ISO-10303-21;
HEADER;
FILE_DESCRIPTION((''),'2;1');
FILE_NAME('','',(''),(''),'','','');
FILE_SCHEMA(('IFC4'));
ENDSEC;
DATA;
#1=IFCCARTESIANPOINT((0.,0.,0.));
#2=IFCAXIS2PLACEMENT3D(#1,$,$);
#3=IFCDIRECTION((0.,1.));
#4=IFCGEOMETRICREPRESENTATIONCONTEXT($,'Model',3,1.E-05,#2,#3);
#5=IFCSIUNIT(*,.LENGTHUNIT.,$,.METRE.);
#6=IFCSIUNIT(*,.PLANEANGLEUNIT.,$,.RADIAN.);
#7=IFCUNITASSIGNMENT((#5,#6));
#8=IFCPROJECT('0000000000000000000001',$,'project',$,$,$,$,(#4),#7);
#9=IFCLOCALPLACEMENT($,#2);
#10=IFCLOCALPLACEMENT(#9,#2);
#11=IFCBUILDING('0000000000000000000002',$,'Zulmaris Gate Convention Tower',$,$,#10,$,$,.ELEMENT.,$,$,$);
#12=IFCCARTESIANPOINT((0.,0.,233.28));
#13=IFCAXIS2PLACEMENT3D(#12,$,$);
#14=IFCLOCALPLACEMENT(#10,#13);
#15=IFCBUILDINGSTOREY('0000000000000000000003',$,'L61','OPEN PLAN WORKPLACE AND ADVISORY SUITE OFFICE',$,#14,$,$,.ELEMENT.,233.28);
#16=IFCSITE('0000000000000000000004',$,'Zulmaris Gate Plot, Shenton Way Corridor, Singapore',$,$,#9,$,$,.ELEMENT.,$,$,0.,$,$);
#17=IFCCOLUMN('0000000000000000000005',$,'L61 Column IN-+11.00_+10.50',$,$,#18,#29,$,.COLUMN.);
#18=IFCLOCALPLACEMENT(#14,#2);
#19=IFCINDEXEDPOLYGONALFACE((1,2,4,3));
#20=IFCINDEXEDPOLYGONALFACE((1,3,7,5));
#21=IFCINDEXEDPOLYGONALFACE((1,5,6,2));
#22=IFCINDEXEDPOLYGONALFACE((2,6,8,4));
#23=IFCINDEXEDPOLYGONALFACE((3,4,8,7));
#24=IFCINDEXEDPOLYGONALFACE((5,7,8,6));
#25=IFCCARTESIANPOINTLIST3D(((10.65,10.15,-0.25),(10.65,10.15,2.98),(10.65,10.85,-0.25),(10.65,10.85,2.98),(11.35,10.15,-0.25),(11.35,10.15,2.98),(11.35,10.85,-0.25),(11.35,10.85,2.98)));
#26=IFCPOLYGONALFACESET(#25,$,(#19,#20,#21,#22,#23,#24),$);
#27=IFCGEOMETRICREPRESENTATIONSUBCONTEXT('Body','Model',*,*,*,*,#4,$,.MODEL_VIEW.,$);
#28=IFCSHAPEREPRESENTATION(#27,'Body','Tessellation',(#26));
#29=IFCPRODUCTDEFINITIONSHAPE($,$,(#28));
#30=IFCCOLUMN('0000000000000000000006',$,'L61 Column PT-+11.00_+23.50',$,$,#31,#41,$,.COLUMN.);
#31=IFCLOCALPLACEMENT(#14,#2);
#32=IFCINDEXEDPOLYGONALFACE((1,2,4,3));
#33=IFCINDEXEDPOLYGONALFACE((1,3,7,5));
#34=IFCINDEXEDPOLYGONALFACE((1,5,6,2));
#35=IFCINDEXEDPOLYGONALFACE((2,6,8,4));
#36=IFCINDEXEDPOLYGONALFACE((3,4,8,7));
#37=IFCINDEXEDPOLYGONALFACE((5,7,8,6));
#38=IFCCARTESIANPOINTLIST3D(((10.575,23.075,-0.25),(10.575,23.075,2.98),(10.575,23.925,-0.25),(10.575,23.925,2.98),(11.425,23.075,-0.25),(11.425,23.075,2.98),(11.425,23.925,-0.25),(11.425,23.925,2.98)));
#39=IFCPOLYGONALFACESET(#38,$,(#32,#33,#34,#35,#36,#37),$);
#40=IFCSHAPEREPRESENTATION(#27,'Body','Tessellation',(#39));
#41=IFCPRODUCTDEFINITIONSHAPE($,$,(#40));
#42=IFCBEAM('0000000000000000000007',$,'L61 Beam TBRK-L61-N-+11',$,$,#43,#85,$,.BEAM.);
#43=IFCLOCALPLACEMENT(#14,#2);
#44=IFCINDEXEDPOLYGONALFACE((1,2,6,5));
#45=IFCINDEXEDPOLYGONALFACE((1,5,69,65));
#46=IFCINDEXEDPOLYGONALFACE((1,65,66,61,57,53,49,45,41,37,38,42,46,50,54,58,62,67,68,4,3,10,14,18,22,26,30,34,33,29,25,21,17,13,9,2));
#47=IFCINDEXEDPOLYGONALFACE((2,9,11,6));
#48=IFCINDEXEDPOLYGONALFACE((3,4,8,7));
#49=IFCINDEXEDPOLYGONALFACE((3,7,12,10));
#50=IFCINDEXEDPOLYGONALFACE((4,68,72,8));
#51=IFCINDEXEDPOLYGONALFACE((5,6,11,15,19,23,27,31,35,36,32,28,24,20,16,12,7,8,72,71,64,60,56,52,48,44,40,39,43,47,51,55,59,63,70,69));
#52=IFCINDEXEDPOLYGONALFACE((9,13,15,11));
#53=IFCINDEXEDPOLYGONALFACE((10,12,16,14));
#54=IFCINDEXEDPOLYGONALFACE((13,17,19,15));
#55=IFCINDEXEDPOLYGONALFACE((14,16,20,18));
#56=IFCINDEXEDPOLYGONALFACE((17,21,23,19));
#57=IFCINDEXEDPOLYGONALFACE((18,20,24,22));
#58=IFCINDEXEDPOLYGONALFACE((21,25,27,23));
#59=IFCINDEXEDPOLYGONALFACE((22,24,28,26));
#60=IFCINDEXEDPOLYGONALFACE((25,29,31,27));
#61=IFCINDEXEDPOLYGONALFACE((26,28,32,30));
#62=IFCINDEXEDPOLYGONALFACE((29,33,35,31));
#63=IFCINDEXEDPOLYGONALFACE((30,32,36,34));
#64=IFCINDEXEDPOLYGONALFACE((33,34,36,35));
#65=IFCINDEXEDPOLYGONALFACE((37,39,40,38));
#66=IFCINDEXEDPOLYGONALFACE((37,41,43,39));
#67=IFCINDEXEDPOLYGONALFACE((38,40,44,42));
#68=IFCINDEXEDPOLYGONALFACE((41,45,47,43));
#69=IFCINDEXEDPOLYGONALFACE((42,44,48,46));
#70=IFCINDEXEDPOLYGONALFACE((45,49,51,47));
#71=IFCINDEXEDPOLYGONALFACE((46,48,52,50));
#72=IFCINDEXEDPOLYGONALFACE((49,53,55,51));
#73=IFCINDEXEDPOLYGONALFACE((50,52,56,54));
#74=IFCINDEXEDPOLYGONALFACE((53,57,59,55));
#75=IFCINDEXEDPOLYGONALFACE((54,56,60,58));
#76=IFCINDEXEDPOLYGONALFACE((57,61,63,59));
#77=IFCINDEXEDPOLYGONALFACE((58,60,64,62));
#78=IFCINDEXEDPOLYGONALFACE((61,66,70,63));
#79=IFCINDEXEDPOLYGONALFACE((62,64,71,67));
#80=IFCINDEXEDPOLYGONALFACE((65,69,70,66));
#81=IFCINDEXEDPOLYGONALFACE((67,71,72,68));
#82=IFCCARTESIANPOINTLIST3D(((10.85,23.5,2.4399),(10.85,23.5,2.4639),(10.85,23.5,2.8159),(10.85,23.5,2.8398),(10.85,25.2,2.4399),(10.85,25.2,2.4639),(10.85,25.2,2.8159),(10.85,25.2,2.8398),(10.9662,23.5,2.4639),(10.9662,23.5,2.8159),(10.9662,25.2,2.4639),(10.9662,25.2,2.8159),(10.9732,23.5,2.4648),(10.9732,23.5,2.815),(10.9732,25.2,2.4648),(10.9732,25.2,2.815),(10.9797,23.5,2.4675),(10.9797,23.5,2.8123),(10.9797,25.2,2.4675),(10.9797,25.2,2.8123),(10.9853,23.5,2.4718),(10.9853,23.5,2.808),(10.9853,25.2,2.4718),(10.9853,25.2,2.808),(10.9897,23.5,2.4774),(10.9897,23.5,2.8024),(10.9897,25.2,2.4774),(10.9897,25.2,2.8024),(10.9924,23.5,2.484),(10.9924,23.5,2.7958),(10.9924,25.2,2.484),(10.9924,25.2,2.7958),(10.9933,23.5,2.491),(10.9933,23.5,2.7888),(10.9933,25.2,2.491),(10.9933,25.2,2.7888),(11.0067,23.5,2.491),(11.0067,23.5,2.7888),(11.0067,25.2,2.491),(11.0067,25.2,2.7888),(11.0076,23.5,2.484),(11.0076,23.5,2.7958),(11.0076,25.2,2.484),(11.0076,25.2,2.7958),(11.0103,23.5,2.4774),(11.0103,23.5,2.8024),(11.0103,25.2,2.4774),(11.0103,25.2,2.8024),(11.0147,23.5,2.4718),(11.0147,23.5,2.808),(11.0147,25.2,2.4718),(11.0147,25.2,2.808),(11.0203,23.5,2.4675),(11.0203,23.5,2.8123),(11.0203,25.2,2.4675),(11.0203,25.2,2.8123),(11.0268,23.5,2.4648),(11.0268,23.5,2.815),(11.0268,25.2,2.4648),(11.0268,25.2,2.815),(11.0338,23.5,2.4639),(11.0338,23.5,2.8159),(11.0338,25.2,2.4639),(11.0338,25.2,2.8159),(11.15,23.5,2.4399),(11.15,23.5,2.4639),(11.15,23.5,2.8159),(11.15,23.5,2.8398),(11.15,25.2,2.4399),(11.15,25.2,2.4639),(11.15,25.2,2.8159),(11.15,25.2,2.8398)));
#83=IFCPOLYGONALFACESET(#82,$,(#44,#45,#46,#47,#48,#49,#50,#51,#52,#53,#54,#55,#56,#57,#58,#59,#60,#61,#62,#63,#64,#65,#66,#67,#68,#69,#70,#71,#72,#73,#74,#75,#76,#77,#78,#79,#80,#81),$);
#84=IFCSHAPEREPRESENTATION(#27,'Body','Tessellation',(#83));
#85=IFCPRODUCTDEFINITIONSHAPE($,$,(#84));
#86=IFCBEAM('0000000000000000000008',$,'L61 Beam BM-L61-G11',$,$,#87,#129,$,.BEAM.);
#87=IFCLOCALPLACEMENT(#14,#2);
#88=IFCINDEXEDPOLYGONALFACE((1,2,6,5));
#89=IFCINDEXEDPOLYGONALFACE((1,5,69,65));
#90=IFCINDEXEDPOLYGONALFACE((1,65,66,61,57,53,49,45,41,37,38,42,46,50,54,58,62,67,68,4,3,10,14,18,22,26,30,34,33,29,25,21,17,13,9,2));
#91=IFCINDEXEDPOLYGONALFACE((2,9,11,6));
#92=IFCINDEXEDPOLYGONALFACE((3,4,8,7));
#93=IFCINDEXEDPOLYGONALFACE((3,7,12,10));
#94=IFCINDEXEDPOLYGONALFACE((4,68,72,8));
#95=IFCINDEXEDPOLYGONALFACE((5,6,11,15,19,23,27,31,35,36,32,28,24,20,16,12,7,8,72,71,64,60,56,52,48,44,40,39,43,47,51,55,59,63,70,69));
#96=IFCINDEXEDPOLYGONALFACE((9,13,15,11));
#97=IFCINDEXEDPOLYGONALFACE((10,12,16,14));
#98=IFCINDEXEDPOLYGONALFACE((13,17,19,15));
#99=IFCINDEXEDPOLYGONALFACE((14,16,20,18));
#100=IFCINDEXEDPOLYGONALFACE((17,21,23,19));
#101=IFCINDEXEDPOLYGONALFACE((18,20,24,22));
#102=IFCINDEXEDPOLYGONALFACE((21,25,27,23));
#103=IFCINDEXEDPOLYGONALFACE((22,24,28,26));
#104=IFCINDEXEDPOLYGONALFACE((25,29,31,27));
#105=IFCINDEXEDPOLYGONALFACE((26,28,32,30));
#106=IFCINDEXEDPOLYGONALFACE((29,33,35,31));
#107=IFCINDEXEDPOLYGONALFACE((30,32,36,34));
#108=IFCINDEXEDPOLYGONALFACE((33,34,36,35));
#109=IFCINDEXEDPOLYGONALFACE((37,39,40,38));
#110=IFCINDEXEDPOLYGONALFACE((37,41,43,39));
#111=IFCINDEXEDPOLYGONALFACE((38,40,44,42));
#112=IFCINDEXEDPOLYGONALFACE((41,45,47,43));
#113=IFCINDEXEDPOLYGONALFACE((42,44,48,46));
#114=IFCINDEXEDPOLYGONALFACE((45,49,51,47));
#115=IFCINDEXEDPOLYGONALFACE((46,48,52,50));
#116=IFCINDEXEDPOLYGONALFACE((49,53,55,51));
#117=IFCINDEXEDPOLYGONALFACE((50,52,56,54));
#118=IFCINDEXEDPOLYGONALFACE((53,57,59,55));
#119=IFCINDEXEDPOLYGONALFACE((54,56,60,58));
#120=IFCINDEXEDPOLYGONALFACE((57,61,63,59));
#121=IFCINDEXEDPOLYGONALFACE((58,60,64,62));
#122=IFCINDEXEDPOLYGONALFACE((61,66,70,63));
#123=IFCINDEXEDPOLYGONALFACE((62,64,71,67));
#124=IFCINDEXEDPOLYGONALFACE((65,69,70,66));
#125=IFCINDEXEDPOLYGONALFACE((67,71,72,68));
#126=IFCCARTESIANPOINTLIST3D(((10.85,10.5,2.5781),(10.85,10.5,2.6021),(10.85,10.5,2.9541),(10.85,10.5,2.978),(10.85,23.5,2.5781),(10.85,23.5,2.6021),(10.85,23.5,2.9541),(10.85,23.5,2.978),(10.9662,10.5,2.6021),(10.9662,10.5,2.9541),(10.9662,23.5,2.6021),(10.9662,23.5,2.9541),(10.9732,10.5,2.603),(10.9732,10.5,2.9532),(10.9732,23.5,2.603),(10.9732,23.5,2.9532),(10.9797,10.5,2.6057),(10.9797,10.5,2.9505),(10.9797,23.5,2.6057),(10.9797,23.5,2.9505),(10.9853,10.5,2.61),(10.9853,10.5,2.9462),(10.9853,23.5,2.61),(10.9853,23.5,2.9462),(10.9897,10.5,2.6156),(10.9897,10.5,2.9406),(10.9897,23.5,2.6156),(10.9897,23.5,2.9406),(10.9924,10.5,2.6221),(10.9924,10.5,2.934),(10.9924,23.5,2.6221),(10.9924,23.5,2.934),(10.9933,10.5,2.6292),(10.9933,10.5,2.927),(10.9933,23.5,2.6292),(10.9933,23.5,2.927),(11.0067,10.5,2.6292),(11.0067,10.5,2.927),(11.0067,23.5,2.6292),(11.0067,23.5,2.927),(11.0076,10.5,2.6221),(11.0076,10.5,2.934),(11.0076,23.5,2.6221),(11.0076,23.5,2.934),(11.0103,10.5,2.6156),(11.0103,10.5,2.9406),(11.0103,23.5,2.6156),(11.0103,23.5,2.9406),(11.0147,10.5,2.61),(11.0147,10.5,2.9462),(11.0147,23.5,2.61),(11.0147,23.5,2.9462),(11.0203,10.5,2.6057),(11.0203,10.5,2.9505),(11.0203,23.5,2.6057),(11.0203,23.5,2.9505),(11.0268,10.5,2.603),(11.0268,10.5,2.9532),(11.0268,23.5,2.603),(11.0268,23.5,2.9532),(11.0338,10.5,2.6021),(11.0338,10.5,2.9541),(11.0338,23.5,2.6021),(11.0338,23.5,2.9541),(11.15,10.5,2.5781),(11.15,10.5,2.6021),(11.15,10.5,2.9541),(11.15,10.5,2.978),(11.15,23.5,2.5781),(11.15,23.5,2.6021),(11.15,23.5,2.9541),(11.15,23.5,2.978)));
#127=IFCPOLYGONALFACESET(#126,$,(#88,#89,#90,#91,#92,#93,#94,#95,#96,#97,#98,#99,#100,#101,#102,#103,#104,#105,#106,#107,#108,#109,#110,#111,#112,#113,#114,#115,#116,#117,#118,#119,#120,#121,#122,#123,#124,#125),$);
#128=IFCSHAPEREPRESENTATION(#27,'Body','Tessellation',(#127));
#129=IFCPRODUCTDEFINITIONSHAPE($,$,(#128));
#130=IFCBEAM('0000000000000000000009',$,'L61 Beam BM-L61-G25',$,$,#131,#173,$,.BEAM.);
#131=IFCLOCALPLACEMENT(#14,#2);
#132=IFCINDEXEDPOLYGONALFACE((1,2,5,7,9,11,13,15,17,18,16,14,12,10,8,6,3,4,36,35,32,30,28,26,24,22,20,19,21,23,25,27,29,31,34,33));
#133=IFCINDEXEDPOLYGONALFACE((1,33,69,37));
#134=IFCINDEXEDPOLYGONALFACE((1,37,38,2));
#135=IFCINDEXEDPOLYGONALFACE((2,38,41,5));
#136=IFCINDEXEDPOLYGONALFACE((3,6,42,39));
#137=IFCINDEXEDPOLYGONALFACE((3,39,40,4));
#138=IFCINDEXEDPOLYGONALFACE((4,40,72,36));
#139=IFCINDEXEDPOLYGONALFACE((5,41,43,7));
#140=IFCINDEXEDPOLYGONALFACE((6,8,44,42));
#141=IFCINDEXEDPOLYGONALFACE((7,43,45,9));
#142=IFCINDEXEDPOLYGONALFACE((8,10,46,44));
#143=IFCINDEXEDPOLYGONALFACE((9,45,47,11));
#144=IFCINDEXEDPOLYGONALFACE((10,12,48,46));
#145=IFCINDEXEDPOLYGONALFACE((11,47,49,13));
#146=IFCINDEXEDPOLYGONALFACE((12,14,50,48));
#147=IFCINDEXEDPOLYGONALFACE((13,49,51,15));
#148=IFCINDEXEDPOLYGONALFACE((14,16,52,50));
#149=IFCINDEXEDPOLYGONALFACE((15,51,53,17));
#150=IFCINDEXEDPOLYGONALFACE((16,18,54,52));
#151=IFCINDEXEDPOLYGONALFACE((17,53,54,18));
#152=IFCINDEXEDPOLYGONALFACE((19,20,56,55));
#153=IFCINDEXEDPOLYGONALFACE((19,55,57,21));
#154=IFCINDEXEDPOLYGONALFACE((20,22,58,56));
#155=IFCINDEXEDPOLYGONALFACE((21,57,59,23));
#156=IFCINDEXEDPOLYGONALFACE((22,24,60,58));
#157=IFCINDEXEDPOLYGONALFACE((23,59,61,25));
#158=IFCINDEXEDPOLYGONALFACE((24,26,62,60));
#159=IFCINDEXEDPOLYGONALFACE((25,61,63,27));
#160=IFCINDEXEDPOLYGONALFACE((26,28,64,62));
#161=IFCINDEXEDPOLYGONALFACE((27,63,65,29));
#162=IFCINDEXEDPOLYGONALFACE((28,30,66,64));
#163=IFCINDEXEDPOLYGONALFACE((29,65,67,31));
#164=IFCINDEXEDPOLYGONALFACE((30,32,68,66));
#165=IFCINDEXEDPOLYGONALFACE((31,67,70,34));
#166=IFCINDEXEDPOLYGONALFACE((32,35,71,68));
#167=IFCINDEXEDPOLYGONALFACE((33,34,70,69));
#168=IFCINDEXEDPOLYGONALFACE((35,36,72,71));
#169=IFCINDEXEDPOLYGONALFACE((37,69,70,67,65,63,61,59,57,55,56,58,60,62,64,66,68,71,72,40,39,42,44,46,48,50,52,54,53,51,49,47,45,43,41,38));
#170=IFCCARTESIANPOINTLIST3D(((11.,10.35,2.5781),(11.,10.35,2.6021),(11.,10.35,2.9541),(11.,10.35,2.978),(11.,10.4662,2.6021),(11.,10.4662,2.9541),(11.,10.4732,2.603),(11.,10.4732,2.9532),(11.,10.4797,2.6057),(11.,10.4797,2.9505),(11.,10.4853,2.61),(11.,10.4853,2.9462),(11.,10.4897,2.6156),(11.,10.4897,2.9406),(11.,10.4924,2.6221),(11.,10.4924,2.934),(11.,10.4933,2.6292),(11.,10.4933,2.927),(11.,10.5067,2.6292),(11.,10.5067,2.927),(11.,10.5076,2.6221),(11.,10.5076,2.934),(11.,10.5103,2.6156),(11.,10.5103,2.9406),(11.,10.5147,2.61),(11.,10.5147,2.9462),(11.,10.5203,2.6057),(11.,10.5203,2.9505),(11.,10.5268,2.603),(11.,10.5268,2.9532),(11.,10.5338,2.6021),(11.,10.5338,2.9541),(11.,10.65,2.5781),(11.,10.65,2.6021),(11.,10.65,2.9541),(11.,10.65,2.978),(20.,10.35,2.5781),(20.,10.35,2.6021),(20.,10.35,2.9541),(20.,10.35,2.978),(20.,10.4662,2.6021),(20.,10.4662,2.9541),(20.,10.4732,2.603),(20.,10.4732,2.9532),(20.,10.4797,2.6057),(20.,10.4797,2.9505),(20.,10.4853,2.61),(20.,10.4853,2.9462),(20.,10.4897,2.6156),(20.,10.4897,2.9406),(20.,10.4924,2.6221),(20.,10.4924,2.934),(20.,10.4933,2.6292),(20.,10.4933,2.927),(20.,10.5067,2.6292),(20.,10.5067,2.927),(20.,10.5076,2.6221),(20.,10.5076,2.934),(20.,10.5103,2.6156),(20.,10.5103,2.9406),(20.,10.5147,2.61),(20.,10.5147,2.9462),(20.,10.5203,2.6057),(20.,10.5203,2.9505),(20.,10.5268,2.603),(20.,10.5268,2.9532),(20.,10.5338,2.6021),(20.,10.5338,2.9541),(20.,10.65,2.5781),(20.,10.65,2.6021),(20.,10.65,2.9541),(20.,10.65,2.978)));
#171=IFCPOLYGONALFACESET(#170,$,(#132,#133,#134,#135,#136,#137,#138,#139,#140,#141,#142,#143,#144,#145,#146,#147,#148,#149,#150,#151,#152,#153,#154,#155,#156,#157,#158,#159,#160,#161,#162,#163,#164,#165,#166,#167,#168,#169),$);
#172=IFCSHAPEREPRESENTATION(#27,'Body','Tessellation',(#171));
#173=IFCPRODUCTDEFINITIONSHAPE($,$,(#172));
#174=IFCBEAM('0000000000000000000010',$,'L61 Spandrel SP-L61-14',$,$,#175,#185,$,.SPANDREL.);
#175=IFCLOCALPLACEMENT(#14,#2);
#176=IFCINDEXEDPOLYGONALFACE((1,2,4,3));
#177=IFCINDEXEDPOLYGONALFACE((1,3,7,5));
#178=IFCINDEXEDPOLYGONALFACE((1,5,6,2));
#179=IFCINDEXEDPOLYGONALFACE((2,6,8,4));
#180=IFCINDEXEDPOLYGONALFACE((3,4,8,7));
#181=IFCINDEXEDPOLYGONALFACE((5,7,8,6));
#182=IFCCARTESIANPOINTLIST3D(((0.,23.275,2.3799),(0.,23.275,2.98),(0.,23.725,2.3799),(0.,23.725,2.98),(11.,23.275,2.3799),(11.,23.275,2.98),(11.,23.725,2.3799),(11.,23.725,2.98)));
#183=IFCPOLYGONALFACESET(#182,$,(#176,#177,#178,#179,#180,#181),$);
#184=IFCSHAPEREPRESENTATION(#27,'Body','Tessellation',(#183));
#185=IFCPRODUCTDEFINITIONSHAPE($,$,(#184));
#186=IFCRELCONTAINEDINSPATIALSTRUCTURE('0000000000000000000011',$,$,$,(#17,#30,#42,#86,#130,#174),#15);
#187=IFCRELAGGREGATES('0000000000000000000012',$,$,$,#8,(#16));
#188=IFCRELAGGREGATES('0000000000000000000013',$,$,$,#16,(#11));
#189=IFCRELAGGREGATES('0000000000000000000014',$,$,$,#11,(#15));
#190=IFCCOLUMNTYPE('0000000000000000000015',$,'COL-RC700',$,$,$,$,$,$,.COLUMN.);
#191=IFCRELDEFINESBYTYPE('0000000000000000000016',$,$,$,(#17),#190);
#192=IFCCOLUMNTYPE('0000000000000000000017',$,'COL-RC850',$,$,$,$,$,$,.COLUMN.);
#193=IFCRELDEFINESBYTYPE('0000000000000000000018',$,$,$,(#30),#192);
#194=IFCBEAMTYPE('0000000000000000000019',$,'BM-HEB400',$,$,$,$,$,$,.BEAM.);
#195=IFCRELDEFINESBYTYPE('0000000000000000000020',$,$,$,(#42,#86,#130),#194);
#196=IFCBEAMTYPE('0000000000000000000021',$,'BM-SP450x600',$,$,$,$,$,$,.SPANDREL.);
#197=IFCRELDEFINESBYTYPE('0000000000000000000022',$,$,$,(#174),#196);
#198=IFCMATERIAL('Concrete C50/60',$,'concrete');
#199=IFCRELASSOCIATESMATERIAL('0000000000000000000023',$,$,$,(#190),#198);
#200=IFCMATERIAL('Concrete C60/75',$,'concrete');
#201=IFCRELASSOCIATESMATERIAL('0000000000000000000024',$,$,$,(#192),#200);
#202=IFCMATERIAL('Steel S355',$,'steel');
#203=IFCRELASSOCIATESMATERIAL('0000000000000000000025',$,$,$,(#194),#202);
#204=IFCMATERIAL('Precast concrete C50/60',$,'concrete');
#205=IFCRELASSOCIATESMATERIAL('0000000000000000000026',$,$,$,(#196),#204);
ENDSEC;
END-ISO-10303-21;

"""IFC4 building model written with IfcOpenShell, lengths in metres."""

from ifc_helpers import new_model, si_unit, direction, frame, origin, origin_2d, place, context, subcontext, project, spatial, rectangle, i_section, extrude, material, material_profile, profile_set, type_object, element, save


model = new_model("IFC4")

# Units and contexts
model_context = context("Model", 3, precision=1e-05, world=origin(), true_north=direction((0.0, 1.0)))
body_context = subcontext(model_context, "Body", "Model", "MODEL_VIEW")
ifc_project = project(units=[si_unit("LENGTHUNIT", "METRE"), si_unit("PLANEANGLEUNIT", "RADIAN")], contexts=[model_context])

# Site, building, storey
site_placement = place(None, origin())
site = spatial("IfcSite", under=ifc_project, at=site_placement, Name="Zulmaris Gate Plot, Shenton Way Corridor, Singapore", CompositionType="ELEMENT", RefElevation=0.0)
building_placement = place(site_placement, origin())
building = spatial("IfcBuilding", under=site, at=building_placement, Name="Zulmaris Gate Convention Tower", CompositionType="ELEMENT")
storey_placement = place(building_placement, frame((0.0, 0.0, 233.28)))
storey = spatial("IfcBuildingStorey", under=building, at=storey_placement, Name="L61", Description="OPEN PLAN WORKPLACE AND ADVISORY SUITE OFFICE", CompositionType="ELEMENT", Elevation=233.28)

# Columns
ifc_material_1 = material(Name="Concrete C50/60", Category="concrete")
ifc_material_profile_1 = material_profile(ifc_material_1, rectangle(XDim=0.7, YDim=0.7, at=origin_2d()), Name="RC COL 700x700")
ifc_profile_set_1 = profile_set([ifc_material_profile_1], Name="Concrete C50/60")
column_type_1 = type_object("IfcColumnType", Name="COL-RC700", PredefinedType="COLUMN", material=ifc_profile_set_1)
column_1_placement = place(storey_placement, frame((11.0, 10.5, -0.25), z_axis=(0.0, 0.0, 1.0), x_axis=(1.0, 0.0, 0.0)))
element("IfcColumn", 1, at=column_1_placement, inside=storey, type_object=column_type_1, Name="L61 Column IN-+11.00_+10.50", PredefinedType="COLUMN", context=body_context, shape_type="SweptSolid", body=[
    extrude(rectangle(XDim=0.7, YDim=0.7, at=origin_2d()), origin(), (0.0, 0.0, 1.0), 3.23),
])
ifc_material_2 = material(Name="Concrete C60/75", Category="concrete")
ifc_material_profile_2 = material_profile(ifc_material_2, rectangle(XDim=0.8501, YDim=0.8501, at=origin_2d()), Name="RC COL 850x850")
ifc_profile_set_2 = profile_set([ifc_material_profile_2], Name="Concrete C60/75")
column_type_2 = type_object("IfcColumnType", Name="COL-RC850", PredefinedType="COLUMN", material=ifc_profile_set_2)
column_2_placement = place(storey_placement, frame((11.0, 23.5, -0.25), z_axis=(0.0, 0.0, 1.0), x_axis=(1.0, 0.0, 0.0)))
element("IfcColumn", 2, at=column_2_placement, inside=storey, type_object=column_type_2, Name="L61 Column PT-+11.00_+23.50", PredefinedType="COLUMN", context=body_context, shape_type="SweptSolid", body=[
    extrude(rectangle(XDim=0.8501, YDim=0.8501, at=origin_2d()), origin(), (0.0, 0.0, 1.0), 3.23),
])

# Beams
ifc_material_3 = material(Name="Steel S355", Category="steel")
ifc_material_profile_3 = material_profile(ifc_material_3, i_section(OverallWidth=0.3, OverallDepth=0.3999, WebThickness=0.0134, FlangeThickness=0.0239, FilletRadius=0.0271, at=origin_2d()), Name="HEB 400")
ifc_profile_set_3 = profile_set([ifc_material_profile_3], Name="Steel S355")
beam_type_1 = type_object("IfcBeamType", Name="BM-HEB400", PredefinedType="BEAM", material=ifc_profile_set_3)
beam_1_placement = place(storey_placement, frame((11.0, 23.5, 2.6399), z_axis=(0.0, 1.0, 0.0), x_axis=(-1.0, 0.0, 0.0)))
element("IfcBeam", 3, at=beam_1_placement, inside=storey, type_object=beam_type_1, Name="L61 Beam TBRK-L61-N-+11", PredefinedType="BEAM", context=body_context, shape_type="SweptSolid", body=[
    extrude(i_section(OverallWidth=0.3, OverallDepth=0.3999, WebThickness=0.0134, FlangeThickness=0.0239, FilletRadius=0.0271, at=origin_2d()), origin(), (0.0, 0.0, 1.0), 1.7),
])
beam_2_placement = place(storey_placement, frame((11.0, 10.5, 2.7781), z_axis=(0.0, 1.0, 0.0), x_axis=(-1.0, 0.0, 0.0)))
element("IfcBeam", 4, at=beam_2_placement, inside=storey, type_object=beam_type_1, Name="L61 Beam BM-L61-G11", PredefinedType="BEAM", context=body_context, shape_type="SweptSolid", body=[
    extrude(i_section(OverallWidth=0.3, OverallDepth=0.3999, WebThickness=0.0134, FlangeThickness=0.0239, FilletRadius=0.0271, at=origin_2d()), origin(), (0.0, 0.0, 1.0), 13.0),
])
beam_3_placement = place(storey_placement, frame((11.0, 10.5, 2.7781), z_axis=(1.0, 0.0, 0.0), x_axis=(0.0, 1.0, 0.0)))
element("IfcBeam", 5, at=beam_3_placement, inside=storey, type_object=beam_type_1, Name="L61 Beam BM-L61-G25", PredefinedType="BEAM", context=body_context, shape_type="SweptSolid", body=[
    extrude(i_section(OverallWidth=0.3, OverallDepth=0.3999, WebThickness=0.0134, FlangeThickness=0.0239, FilletRadius=0.0271, at=origin_2d()), origin(), (0.0, 0.0, 1.0), 9.0),
])
ifc_material_4 = material(Name="Precast concrete C50/60", Category="concrete")
ifc_material_profile_4 = material_profile(ifc_material_4, rectangle(XDim=0.45, YDim=0.6001, at=origin_2d()), Name="RC SPANDREL 450x600")
ifc_profile_set_4 = profile_set([ifc_material_profile_4], Name="Precast concrete C50/60")
beam_type_2 = type_object("IfcBeamType", Name="BM-SP450x600", PredefinedType="SPANDREL", material=ifc_profile_set_4)
beam_4_placement = place(storey_placement, frame((11.0, 23.5, 2.6799), z_axis=(-1.0, 0.0, 0.0), x_axis=(0.0, -1.0, 0.0)))
element("IfcBeam", 6, at=beam_4_placement, inside=storey, type_object=beam_type_2, Name="L61 Spandrel SP-L61-14", PredefinedType="SPANDREL", context=body_context, shape_type="SweptSolid", body=[
    extrude(rectangle(XDim=0.45, YDim=0.6001, at=origin_2d()), origin(), (0.0, 0.0, 1.0), 11.0),
])

save(model, "model.ifc")
